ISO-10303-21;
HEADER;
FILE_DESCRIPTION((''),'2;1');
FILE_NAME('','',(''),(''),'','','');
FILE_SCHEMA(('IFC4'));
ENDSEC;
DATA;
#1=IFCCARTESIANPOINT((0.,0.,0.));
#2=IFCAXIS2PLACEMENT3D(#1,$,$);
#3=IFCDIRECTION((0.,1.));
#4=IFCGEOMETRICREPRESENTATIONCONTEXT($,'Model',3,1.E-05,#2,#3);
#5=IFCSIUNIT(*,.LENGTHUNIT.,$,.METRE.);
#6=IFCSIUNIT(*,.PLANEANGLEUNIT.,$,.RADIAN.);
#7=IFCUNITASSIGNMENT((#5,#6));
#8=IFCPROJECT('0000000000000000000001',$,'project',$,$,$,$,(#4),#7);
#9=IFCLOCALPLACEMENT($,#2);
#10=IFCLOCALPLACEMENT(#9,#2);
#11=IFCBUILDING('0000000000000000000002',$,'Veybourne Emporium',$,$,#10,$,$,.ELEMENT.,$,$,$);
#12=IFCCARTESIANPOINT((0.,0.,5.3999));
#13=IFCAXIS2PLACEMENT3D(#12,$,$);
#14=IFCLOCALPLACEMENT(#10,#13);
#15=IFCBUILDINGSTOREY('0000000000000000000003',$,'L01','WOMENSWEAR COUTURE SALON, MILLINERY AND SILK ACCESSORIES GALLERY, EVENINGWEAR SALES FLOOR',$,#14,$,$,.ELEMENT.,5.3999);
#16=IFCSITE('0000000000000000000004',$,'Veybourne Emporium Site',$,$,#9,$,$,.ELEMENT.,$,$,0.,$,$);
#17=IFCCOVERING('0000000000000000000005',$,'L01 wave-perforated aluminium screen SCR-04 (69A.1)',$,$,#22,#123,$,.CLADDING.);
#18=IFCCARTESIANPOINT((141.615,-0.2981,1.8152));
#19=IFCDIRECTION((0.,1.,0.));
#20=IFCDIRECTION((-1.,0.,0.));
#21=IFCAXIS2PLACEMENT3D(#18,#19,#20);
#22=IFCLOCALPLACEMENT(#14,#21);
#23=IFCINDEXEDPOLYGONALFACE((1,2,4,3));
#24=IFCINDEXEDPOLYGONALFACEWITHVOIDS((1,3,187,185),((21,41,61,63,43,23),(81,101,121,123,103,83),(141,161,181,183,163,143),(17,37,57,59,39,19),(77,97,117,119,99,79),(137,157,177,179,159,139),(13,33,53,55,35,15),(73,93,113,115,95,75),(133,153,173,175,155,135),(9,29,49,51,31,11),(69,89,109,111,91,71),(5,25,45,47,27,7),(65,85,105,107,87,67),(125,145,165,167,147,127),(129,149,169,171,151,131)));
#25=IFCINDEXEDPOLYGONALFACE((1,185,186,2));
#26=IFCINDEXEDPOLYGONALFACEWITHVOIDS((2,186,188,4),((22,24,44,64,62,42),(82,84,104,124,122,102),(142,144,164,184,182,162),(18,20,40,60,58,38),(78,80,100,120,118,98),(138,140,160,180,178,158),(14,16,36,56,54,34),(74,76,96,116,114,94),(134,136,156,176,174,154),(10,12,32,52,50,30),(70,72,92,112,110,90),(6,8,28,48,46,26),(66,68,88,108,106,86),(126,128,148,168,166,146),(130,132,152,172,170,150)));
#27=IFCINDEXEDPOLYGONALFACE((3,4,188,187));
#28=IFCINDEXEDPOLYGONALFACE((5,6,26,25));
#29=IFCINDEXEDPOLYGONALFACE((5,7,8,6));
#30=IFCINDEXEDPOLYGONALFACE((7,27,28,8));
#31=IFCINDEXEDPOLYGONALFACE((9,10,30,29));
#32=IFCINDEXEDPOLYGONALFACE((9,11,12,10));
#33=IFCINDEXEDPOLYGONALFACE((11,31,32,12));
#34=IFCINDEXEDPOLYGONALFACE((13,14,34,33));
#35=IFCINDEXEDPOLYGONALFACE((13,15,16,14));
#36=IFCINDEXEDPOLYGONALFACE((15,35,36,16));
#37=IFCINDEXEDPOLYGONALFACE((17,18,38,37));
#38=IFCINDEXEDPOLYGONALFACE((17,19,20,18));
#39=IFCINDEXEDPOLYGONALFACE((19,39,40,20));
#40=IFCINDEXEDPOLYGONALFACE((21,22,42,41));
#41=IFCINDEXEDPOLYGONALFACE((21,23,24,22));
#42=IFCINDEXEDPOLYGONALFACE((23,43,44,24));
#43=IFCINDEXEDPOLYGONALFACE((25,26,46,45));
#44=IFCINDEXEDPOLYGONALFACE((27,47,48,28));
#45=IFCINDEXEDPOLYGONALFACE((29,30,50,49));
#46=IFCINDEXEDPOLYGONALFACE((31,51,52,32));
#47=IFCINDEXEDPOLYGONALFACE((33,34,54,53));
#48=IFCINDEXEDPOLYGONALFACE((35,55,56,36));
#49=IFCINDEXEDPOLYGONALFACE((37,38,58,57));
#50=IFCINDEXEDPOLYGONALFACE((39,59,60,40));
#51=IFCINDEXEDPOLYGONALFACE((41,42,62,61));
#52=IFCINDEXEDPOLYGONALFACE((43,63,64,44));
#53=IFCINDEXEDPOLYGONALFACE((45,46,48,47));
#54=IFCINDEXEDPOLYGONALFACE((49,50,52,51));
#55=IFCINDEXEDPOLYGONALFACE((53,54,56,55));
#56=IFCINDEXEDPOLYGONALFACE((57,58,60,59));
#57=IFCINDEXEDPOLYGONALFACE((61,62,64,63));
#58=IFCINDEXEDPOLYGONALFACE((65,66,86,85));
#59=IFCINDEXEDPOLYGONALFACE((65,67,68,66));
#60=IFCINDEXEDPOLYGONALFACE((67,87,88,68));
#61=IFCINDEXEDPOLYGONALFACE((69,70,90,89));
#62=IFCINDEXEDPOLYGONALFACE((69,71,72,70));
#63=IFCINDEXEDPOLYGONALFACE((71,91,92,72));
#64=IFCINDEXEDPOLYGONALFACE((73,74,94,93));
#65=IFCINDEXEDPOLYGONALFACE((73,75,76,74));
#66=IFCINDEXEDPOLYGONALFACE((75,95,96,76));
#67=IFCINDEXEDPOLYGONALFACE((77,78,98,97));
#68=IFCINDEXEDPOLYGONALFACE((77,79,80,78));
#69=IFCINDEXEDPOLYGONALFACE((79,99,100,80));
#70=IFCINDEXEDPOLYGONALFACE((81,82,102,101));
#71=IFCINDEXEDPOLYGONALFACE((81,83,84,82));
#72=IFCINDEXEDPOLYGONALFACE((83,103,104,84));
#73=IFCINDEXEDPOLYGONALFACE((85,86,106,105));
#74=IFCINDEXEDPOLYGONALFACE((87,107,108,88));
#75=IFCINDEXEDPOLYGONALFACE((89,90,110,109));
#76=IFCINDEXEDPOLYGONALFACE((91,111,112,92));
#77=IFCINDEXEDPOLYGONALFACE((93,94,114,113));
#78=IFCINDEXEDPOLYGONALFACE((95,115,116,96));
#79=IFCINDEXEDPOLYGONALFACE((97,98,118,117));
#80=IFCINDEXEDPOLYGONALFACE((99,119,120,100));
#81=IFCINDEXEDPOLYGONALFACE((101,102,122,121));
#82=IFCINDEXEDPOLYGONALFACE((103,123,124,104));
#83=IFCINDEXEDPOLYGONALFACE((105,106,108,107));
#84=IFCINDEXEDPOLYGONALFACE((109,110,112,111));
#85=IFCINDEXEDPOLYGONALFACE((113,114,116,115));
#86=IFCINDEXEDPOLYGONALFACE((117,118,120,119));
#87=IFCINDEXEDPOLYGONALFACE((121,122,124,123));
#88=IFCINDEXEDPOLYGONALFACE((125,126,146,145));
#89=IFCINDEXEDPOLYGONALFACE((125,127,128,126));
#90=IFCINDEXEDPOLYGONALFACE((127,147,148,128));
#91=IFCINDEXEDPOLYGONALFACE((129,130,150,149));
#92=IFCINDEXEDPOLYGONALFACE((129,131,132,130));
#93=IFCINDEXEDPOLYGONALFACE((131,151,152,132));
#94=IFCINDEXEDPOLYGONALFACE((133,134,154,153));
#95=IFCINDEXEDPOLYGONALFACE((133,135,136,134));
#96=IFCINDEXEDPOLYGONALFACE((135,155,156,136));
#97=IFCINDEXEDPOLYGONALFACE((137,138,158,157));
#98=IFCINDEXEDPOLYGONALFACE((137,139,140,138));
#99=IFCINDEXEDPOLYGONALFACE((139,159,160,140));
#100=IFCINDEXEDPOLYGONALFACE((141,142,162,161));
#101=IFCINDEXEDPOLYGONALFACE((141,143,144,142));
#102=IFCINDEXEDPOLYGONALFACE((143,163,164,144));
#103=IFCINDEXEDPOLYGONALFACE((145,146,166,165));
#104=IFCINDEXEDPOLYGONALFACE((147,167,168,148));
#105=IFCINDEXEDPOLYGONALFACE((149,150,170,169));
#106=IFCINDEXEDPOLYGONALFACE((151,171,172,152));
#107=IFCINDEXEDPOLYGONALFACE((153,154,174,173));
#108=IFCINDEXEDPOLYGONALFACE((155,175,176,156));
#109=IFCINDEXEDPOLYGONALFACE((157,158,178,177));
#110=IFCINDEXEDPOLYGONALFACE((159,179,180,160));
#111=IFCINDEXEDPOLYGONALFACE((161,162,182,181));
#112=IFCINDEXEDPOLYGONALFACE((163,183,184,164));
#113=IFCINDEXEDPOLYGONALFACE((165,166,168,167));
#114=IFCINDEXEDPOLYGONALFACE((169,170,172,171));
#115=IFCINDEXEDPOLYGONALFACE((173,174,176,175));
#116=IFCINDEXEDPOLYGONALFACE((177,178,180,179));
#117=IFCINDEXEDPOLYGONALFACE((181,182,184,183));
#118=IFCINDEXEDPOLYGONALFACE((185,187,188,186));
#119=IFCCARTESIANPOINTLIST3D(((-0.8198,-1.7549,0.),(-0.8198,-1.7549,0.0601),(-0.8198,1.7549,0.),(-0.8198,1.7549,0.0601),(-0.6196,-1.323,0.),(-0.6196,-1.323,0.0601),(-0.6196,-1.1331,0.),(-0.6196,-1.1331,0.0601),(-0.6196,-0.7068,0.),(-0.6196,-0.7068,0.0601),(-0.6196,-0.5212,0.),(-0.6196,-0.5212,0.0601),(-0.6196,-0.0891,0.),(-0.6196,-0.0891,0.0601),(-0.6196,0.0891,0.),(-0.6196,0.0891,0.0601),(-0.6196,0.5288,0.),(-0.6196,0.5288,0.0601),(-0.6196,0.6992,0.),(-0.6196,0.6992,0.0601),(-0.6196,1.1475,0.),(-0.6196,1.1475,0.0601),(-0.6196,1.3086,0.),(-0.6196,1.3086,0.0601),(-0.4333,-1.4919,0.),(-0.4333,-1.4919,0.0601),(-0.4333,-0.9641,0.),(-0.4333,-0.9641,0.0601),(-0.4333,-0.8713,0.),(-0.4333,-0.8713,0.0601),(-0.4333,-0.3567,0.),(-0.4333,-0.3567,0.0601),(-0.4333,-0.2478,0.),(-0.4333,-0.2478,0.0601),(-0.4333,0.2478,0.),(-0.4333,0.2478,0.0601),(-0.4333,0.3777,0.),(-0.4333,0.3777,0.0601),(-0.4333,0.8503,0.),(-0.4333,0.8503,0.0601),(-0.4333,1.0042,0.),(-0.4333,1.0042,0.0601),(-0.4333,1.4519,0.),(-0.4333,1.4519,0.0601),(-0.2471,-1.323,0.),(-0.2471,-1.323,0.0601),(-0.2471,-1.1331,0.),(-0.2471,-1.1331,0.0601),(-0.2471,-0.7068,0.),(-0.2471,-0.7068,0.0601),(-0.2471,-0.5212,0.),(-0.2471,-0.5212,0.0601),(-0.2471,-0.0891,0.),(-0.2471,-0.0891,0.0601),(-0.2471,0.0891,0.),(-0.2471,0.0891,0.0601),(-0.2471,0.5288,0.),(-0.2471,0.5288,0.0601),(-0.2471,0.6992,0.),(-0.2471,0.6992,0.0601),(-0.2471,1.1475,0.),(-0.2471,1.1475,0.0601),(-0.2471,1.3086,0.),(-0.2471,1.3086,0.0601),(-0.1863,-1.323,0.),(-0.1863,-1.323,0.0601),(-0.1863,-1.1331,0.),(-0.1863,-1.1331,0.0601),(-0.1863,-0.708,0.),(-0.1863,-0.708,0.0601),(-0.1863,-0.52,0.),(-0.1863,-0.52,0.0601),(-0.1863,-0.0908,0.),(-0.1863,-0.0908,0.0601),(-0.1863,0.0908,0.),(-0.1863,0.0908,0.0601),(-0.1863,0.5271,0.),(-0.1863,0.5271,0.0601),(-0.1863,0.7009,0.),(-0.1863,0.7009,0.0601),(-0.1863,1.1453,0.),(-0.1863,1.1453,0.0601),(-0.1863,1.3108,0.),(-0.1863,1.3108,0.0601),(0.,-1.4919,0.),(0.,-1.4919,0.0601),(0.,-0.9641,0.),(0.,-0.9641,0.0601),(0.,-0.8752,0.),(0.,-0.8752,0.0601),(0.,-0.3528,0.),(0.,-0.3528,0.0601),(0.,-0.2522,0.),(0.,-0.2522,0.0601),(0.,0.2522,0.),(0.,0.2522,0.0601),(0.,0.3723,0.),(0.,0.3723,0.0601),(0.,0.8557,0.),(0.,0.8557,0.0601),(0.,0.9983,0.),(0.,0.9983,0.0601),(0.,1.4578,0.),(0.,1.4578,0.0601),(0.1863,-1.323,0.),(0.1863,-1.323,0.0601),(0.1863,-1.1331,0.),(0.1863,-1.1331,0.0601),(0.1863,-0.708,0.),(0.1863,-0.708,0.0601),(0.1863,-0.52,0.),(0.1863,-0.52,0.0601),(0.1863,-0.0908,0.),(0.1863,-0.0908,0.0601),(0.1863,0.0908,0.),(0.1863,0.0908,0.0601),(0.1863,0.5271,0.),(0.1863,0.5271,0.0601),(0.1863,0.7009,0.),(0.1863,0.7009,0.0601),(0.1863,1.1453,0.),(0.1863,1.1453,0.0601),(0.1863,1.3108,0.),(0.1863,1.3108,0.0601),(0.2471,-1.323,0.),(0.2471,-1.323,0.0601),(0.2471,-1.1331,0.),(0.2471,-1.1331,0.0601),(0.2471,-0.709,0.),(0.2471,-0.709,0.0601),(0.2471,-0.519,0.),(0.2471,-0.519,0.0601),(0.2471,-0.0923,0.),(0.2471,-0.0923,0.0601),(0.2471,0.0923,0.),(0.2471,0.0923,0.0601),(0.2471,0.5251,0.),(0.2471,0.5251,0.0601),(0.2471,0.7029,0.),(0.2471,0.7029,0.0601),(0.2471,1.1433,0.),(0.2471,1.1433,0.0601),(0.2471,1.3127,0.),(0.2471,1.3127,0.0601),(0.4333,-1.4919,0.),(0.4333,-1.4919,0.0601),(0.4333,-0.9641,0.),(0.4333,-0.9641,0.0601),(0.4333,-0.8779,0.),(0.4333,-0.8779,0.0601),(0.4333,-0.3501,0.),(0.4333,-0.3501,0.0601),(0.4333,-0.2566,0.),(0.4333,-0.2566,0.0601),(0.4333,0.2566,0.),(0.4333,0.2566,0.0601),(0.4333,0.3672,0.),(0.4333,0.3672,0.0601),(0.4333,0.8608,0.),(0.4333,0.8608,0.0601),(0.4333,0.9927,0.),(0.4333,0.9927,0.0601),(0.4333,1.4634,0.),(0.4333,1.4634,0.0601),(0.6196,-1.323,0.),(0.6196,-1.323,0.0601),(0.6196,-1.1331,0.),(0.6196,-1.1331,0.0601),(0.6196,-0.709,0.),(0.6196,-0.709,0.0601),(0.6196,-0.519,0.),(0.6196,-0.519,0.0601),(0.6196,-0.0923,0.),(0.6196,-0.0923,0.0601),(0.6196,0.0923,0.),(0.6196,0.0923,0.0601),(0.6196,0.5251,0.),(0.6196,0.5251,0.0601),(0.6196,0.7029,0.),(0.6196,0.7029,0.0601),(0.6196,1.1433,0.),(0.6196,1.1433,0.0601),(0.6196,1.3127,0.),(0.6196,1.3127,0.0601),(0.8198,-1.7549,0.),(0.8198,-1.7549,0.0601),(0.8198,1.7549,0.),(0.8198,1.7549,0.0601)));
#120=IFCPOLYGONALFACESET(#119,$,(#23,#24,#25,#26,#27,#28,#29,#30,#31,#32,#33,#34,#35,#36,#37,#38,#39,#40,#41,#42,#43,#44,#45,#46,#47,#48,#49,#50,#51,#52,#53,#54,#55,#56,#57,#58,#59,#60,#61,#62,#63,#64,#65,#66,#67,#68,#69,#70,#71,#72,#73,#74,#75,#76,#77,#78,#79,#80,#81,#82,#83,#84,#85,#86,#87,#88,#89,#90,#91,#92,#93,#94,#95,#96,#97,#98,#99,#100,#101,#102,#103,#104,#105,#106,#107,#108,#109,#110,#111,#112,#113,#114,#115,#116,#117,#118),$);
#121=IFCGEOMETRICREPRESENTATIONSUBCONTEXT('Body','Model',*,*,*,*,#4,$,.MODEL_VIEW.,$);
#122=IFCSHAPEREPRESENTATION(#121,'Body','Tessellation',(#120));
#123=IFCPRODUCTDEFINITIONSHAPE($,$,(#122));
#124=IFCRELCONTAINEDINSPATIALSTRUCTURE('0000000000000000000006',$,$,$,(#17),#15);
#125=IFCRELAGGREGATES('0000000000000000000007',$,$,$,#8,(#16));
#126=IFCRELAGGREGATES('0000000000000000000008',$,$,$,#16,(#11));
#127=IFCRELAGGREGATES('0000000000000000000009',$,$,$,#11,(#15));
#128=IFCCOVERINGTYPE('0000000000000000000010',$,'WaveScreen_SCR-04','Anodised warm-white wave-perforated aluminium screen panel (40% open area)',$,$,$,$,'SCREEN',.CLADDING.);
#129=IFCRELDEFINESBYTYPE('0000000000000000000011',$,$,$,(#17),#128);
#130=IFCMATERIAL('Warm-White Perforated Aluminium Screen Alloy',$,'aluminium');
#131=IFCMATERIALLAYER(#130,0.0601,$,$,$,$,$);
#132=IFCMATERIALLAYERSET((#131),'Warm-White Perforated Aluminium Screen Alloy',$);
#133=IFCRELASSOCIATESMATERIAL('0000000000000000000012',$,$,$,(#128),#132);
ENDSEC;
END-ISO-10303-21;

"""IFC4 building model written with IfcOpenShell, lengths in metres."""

from ifc_helpers import new_model, si_unit, direction, frame, origin, place, context, subcontext, project, spatial, polyline, outline, extrude, material, layer, layer_set, type_object, element, save


model = new_model("IFC4")

# Units and contexts
model_context = context("Model", 3, precision=1e-05, world=origin(), true_north=direction((0.0, 1.0)))
body_context = subcontext(model_context, "Body", "Model", "MODEL_VIEW")
ifc_project = project(units=[si_unit("LENGTHUNIT", "METRE"), si_unit("PLANEANGLEUNIT", "RADIAN")], contexts=[model_context])

# Site, building, storey
site_placement = place(None, origin())
site = spatial("IfcSite", under=ifc_project, at=site_placement, Name="Veybourne Emporium Site", CompositionType="ELEMENT", RefElevation=0.0)
building_placement = place(site_placement, origin())
building = spatial("IfcBuilding", under=site, at=building_placement, Name="Veybourne Emporium", CompositionType="ELEMENT")
storey_placement = place(building_placement, frame((0.0, 0.0, 5.3999)))
storey = spatial("IfcBuildingStorey", under=building, at=storey_placement, Name="L01", Description="WOMENSWEAR COUTURE SALON, MILLINERY AND SILK ACCESSORIES GALLERY, EVENINGWEAR SALES FLOOR", CompositionType="ELEMENT", Elevation=5.3999)

# Covering
ifc_material_1 = material(Name="Warm-White Perforated Aluminium Screen Alloy", Category="aluminium")
ifc_layer_1 = layer(ifc_material_1, 0.0601)
ifc_layer_set_1 = layer_set([ifc_layer_1], Name="Warm-White Perforated Aluminium Screen Alloy")
covering_type_1 = type_object("IfcCoveringType", Name="WaveScreen_SCR-04", Description="Anodised warm-white wave-perforated aluminium screen panel (40% open area)", ElementType="SCREEN", PredefinedType="CLADDING", material=ifc_layer_set_1)
covering_1_placement = place(storey_placement, frame((141.615, -0.2981, 1.8152), z_axis=(0.0, 1.0, 0.0), x_axis=(-1.0, 0.0, 0.0)))
element("IfcCovering", 1, at=covering_1_placement, inside=storey, type_object=covering_type_1, Name="L01 wave-perforated aluminium screen SCR-04 (69A.1)", PredefinedType="CLADDING", context=body_context, shape_type="SweptSolid", body=[
    extrude(outline(polyline([(-0.8198, -1.7549), (0.8198, -1.7549), (0.8198, 1.7549), (-0.8198, 1.7549), (-0.8198, -1.7549)]), holes=[polyline([(-0.4333, -0.9641), (-0.2471, -1.1331), (-0.2471, -1.323), (-0.4333, -1.4919), (-0.6196, -1.323), (-0.6196, -1.1331), (-0.4333, -0.9641)]), polyline([(-0.4333, -0.3567), (-0.2471, -0.5212), (-0.2471, -0.7068), (-0.4333, -0.8713), (-0.6196, -0.7068), (-0.6196, -0.5212), (-0.4333, -0.3567)]), polyline([(-0.4333, 0.2478), (-0.2471, 0.0891), (-0.2471, -0.0891), (-0.4333, -0.2478), (-0.6196, -0.0891), (-0.6196, 0.0891), (-0.4333, 0.2478)]), polyline([(-0.4333, 0.8503), (-0.2471, 0.6992), (-0.2471, 0.5288), (-0.4333, 0.3777), (-0.6196, 0.5288), (-0.6196, 0.6992), (-0.4333, 0.8503)]), polyline([(-0.4333, 1.4519), (-0.2471, 1.3086), (-0.2471, 1.1475), (-0.4333, 1.0042), (-0.6196, 1.1475), (-0.6196, 1.3086), (-0.4333, 1.4519)]), polyline([(0.0, -0.9641), (0.1863, -1.1331), (0.1863, -1.323), (0.0, -1.4919), (-0.1863, -1.323), (-0.1863, -1.1331), (0.0, -0.9641)]), polyline([(0.0, -0.3528), (0.1863, -0.52), (0.1863, -0.708), (0.0, -0.8752), (-0.1863, -0.708), (-0.1863, -0.52), (0.0, -0.3528)]), polyline([(0.0, 0.2522), (0.1863, 0.0908), (0.1863, -0.0908), (0.0, -0.2522), (-0.1863, -0.0908), (-0.1863, 0.0908), (0.0, 0.2522)]), polyline([(0.0, 0.8557), (0.1863, 0.7009), (0.1863, 0.5271), (0.0, 0.3723), (-0.1863, 0.5271), (-0.1863, 0.7009), (0.0, 0.8557)]), polyline([(0.0, 1.4578), (0.1863, 1.3108), (0.1863, 1.1453), (0.0, 0.9983), (-0.1863, 1.1453), (-0.1863, 1.3108), (0.0, 1.4578)]), polyline([(0.4333, -0.9641), (0.6196, -1.1331), (0.6196, -1.323), (0.4333, -1.4919), (0.2471, -1.323), (0.2471, -1.1331), (0.4333, -0.9641)]), polyline([(0.4333, -0.3501), (0.6196, -0.519), (0.6196, -0.709), (0.4333, -0.8779), (0.2471, -0.709), (0.2471, -0.519), (0.4333, -0.3501)]), polyline([(0.4333, 0.2566), (0.6196, 0.0923), (0.6196, -0.0923), (0.4333, -0.2566), (0.2471, -0.0923), (0.2471, 0.0923), (0.4333, 0.2566)]), polyline([(0.4333, 0.8608), (0.6196, 0.7029), (0.6196, 0.5251), (0.4333, 0.3672), (0.2471, 0.5251), (0.2471, 0.7029), (0.4333, 0.8608)]), polyline([(0.4333, 1.4634), (0.6196, 1.3127), (0.6196, 1.1433), (0.4333, 0.9927), (0.2471, 1.1433), (0.2471, 1.3127), (0.4333, 1.4634)])]), origin(), (0.0, 0.0, 1.0), 0.0601),
])

save(model, "model.ifc")
